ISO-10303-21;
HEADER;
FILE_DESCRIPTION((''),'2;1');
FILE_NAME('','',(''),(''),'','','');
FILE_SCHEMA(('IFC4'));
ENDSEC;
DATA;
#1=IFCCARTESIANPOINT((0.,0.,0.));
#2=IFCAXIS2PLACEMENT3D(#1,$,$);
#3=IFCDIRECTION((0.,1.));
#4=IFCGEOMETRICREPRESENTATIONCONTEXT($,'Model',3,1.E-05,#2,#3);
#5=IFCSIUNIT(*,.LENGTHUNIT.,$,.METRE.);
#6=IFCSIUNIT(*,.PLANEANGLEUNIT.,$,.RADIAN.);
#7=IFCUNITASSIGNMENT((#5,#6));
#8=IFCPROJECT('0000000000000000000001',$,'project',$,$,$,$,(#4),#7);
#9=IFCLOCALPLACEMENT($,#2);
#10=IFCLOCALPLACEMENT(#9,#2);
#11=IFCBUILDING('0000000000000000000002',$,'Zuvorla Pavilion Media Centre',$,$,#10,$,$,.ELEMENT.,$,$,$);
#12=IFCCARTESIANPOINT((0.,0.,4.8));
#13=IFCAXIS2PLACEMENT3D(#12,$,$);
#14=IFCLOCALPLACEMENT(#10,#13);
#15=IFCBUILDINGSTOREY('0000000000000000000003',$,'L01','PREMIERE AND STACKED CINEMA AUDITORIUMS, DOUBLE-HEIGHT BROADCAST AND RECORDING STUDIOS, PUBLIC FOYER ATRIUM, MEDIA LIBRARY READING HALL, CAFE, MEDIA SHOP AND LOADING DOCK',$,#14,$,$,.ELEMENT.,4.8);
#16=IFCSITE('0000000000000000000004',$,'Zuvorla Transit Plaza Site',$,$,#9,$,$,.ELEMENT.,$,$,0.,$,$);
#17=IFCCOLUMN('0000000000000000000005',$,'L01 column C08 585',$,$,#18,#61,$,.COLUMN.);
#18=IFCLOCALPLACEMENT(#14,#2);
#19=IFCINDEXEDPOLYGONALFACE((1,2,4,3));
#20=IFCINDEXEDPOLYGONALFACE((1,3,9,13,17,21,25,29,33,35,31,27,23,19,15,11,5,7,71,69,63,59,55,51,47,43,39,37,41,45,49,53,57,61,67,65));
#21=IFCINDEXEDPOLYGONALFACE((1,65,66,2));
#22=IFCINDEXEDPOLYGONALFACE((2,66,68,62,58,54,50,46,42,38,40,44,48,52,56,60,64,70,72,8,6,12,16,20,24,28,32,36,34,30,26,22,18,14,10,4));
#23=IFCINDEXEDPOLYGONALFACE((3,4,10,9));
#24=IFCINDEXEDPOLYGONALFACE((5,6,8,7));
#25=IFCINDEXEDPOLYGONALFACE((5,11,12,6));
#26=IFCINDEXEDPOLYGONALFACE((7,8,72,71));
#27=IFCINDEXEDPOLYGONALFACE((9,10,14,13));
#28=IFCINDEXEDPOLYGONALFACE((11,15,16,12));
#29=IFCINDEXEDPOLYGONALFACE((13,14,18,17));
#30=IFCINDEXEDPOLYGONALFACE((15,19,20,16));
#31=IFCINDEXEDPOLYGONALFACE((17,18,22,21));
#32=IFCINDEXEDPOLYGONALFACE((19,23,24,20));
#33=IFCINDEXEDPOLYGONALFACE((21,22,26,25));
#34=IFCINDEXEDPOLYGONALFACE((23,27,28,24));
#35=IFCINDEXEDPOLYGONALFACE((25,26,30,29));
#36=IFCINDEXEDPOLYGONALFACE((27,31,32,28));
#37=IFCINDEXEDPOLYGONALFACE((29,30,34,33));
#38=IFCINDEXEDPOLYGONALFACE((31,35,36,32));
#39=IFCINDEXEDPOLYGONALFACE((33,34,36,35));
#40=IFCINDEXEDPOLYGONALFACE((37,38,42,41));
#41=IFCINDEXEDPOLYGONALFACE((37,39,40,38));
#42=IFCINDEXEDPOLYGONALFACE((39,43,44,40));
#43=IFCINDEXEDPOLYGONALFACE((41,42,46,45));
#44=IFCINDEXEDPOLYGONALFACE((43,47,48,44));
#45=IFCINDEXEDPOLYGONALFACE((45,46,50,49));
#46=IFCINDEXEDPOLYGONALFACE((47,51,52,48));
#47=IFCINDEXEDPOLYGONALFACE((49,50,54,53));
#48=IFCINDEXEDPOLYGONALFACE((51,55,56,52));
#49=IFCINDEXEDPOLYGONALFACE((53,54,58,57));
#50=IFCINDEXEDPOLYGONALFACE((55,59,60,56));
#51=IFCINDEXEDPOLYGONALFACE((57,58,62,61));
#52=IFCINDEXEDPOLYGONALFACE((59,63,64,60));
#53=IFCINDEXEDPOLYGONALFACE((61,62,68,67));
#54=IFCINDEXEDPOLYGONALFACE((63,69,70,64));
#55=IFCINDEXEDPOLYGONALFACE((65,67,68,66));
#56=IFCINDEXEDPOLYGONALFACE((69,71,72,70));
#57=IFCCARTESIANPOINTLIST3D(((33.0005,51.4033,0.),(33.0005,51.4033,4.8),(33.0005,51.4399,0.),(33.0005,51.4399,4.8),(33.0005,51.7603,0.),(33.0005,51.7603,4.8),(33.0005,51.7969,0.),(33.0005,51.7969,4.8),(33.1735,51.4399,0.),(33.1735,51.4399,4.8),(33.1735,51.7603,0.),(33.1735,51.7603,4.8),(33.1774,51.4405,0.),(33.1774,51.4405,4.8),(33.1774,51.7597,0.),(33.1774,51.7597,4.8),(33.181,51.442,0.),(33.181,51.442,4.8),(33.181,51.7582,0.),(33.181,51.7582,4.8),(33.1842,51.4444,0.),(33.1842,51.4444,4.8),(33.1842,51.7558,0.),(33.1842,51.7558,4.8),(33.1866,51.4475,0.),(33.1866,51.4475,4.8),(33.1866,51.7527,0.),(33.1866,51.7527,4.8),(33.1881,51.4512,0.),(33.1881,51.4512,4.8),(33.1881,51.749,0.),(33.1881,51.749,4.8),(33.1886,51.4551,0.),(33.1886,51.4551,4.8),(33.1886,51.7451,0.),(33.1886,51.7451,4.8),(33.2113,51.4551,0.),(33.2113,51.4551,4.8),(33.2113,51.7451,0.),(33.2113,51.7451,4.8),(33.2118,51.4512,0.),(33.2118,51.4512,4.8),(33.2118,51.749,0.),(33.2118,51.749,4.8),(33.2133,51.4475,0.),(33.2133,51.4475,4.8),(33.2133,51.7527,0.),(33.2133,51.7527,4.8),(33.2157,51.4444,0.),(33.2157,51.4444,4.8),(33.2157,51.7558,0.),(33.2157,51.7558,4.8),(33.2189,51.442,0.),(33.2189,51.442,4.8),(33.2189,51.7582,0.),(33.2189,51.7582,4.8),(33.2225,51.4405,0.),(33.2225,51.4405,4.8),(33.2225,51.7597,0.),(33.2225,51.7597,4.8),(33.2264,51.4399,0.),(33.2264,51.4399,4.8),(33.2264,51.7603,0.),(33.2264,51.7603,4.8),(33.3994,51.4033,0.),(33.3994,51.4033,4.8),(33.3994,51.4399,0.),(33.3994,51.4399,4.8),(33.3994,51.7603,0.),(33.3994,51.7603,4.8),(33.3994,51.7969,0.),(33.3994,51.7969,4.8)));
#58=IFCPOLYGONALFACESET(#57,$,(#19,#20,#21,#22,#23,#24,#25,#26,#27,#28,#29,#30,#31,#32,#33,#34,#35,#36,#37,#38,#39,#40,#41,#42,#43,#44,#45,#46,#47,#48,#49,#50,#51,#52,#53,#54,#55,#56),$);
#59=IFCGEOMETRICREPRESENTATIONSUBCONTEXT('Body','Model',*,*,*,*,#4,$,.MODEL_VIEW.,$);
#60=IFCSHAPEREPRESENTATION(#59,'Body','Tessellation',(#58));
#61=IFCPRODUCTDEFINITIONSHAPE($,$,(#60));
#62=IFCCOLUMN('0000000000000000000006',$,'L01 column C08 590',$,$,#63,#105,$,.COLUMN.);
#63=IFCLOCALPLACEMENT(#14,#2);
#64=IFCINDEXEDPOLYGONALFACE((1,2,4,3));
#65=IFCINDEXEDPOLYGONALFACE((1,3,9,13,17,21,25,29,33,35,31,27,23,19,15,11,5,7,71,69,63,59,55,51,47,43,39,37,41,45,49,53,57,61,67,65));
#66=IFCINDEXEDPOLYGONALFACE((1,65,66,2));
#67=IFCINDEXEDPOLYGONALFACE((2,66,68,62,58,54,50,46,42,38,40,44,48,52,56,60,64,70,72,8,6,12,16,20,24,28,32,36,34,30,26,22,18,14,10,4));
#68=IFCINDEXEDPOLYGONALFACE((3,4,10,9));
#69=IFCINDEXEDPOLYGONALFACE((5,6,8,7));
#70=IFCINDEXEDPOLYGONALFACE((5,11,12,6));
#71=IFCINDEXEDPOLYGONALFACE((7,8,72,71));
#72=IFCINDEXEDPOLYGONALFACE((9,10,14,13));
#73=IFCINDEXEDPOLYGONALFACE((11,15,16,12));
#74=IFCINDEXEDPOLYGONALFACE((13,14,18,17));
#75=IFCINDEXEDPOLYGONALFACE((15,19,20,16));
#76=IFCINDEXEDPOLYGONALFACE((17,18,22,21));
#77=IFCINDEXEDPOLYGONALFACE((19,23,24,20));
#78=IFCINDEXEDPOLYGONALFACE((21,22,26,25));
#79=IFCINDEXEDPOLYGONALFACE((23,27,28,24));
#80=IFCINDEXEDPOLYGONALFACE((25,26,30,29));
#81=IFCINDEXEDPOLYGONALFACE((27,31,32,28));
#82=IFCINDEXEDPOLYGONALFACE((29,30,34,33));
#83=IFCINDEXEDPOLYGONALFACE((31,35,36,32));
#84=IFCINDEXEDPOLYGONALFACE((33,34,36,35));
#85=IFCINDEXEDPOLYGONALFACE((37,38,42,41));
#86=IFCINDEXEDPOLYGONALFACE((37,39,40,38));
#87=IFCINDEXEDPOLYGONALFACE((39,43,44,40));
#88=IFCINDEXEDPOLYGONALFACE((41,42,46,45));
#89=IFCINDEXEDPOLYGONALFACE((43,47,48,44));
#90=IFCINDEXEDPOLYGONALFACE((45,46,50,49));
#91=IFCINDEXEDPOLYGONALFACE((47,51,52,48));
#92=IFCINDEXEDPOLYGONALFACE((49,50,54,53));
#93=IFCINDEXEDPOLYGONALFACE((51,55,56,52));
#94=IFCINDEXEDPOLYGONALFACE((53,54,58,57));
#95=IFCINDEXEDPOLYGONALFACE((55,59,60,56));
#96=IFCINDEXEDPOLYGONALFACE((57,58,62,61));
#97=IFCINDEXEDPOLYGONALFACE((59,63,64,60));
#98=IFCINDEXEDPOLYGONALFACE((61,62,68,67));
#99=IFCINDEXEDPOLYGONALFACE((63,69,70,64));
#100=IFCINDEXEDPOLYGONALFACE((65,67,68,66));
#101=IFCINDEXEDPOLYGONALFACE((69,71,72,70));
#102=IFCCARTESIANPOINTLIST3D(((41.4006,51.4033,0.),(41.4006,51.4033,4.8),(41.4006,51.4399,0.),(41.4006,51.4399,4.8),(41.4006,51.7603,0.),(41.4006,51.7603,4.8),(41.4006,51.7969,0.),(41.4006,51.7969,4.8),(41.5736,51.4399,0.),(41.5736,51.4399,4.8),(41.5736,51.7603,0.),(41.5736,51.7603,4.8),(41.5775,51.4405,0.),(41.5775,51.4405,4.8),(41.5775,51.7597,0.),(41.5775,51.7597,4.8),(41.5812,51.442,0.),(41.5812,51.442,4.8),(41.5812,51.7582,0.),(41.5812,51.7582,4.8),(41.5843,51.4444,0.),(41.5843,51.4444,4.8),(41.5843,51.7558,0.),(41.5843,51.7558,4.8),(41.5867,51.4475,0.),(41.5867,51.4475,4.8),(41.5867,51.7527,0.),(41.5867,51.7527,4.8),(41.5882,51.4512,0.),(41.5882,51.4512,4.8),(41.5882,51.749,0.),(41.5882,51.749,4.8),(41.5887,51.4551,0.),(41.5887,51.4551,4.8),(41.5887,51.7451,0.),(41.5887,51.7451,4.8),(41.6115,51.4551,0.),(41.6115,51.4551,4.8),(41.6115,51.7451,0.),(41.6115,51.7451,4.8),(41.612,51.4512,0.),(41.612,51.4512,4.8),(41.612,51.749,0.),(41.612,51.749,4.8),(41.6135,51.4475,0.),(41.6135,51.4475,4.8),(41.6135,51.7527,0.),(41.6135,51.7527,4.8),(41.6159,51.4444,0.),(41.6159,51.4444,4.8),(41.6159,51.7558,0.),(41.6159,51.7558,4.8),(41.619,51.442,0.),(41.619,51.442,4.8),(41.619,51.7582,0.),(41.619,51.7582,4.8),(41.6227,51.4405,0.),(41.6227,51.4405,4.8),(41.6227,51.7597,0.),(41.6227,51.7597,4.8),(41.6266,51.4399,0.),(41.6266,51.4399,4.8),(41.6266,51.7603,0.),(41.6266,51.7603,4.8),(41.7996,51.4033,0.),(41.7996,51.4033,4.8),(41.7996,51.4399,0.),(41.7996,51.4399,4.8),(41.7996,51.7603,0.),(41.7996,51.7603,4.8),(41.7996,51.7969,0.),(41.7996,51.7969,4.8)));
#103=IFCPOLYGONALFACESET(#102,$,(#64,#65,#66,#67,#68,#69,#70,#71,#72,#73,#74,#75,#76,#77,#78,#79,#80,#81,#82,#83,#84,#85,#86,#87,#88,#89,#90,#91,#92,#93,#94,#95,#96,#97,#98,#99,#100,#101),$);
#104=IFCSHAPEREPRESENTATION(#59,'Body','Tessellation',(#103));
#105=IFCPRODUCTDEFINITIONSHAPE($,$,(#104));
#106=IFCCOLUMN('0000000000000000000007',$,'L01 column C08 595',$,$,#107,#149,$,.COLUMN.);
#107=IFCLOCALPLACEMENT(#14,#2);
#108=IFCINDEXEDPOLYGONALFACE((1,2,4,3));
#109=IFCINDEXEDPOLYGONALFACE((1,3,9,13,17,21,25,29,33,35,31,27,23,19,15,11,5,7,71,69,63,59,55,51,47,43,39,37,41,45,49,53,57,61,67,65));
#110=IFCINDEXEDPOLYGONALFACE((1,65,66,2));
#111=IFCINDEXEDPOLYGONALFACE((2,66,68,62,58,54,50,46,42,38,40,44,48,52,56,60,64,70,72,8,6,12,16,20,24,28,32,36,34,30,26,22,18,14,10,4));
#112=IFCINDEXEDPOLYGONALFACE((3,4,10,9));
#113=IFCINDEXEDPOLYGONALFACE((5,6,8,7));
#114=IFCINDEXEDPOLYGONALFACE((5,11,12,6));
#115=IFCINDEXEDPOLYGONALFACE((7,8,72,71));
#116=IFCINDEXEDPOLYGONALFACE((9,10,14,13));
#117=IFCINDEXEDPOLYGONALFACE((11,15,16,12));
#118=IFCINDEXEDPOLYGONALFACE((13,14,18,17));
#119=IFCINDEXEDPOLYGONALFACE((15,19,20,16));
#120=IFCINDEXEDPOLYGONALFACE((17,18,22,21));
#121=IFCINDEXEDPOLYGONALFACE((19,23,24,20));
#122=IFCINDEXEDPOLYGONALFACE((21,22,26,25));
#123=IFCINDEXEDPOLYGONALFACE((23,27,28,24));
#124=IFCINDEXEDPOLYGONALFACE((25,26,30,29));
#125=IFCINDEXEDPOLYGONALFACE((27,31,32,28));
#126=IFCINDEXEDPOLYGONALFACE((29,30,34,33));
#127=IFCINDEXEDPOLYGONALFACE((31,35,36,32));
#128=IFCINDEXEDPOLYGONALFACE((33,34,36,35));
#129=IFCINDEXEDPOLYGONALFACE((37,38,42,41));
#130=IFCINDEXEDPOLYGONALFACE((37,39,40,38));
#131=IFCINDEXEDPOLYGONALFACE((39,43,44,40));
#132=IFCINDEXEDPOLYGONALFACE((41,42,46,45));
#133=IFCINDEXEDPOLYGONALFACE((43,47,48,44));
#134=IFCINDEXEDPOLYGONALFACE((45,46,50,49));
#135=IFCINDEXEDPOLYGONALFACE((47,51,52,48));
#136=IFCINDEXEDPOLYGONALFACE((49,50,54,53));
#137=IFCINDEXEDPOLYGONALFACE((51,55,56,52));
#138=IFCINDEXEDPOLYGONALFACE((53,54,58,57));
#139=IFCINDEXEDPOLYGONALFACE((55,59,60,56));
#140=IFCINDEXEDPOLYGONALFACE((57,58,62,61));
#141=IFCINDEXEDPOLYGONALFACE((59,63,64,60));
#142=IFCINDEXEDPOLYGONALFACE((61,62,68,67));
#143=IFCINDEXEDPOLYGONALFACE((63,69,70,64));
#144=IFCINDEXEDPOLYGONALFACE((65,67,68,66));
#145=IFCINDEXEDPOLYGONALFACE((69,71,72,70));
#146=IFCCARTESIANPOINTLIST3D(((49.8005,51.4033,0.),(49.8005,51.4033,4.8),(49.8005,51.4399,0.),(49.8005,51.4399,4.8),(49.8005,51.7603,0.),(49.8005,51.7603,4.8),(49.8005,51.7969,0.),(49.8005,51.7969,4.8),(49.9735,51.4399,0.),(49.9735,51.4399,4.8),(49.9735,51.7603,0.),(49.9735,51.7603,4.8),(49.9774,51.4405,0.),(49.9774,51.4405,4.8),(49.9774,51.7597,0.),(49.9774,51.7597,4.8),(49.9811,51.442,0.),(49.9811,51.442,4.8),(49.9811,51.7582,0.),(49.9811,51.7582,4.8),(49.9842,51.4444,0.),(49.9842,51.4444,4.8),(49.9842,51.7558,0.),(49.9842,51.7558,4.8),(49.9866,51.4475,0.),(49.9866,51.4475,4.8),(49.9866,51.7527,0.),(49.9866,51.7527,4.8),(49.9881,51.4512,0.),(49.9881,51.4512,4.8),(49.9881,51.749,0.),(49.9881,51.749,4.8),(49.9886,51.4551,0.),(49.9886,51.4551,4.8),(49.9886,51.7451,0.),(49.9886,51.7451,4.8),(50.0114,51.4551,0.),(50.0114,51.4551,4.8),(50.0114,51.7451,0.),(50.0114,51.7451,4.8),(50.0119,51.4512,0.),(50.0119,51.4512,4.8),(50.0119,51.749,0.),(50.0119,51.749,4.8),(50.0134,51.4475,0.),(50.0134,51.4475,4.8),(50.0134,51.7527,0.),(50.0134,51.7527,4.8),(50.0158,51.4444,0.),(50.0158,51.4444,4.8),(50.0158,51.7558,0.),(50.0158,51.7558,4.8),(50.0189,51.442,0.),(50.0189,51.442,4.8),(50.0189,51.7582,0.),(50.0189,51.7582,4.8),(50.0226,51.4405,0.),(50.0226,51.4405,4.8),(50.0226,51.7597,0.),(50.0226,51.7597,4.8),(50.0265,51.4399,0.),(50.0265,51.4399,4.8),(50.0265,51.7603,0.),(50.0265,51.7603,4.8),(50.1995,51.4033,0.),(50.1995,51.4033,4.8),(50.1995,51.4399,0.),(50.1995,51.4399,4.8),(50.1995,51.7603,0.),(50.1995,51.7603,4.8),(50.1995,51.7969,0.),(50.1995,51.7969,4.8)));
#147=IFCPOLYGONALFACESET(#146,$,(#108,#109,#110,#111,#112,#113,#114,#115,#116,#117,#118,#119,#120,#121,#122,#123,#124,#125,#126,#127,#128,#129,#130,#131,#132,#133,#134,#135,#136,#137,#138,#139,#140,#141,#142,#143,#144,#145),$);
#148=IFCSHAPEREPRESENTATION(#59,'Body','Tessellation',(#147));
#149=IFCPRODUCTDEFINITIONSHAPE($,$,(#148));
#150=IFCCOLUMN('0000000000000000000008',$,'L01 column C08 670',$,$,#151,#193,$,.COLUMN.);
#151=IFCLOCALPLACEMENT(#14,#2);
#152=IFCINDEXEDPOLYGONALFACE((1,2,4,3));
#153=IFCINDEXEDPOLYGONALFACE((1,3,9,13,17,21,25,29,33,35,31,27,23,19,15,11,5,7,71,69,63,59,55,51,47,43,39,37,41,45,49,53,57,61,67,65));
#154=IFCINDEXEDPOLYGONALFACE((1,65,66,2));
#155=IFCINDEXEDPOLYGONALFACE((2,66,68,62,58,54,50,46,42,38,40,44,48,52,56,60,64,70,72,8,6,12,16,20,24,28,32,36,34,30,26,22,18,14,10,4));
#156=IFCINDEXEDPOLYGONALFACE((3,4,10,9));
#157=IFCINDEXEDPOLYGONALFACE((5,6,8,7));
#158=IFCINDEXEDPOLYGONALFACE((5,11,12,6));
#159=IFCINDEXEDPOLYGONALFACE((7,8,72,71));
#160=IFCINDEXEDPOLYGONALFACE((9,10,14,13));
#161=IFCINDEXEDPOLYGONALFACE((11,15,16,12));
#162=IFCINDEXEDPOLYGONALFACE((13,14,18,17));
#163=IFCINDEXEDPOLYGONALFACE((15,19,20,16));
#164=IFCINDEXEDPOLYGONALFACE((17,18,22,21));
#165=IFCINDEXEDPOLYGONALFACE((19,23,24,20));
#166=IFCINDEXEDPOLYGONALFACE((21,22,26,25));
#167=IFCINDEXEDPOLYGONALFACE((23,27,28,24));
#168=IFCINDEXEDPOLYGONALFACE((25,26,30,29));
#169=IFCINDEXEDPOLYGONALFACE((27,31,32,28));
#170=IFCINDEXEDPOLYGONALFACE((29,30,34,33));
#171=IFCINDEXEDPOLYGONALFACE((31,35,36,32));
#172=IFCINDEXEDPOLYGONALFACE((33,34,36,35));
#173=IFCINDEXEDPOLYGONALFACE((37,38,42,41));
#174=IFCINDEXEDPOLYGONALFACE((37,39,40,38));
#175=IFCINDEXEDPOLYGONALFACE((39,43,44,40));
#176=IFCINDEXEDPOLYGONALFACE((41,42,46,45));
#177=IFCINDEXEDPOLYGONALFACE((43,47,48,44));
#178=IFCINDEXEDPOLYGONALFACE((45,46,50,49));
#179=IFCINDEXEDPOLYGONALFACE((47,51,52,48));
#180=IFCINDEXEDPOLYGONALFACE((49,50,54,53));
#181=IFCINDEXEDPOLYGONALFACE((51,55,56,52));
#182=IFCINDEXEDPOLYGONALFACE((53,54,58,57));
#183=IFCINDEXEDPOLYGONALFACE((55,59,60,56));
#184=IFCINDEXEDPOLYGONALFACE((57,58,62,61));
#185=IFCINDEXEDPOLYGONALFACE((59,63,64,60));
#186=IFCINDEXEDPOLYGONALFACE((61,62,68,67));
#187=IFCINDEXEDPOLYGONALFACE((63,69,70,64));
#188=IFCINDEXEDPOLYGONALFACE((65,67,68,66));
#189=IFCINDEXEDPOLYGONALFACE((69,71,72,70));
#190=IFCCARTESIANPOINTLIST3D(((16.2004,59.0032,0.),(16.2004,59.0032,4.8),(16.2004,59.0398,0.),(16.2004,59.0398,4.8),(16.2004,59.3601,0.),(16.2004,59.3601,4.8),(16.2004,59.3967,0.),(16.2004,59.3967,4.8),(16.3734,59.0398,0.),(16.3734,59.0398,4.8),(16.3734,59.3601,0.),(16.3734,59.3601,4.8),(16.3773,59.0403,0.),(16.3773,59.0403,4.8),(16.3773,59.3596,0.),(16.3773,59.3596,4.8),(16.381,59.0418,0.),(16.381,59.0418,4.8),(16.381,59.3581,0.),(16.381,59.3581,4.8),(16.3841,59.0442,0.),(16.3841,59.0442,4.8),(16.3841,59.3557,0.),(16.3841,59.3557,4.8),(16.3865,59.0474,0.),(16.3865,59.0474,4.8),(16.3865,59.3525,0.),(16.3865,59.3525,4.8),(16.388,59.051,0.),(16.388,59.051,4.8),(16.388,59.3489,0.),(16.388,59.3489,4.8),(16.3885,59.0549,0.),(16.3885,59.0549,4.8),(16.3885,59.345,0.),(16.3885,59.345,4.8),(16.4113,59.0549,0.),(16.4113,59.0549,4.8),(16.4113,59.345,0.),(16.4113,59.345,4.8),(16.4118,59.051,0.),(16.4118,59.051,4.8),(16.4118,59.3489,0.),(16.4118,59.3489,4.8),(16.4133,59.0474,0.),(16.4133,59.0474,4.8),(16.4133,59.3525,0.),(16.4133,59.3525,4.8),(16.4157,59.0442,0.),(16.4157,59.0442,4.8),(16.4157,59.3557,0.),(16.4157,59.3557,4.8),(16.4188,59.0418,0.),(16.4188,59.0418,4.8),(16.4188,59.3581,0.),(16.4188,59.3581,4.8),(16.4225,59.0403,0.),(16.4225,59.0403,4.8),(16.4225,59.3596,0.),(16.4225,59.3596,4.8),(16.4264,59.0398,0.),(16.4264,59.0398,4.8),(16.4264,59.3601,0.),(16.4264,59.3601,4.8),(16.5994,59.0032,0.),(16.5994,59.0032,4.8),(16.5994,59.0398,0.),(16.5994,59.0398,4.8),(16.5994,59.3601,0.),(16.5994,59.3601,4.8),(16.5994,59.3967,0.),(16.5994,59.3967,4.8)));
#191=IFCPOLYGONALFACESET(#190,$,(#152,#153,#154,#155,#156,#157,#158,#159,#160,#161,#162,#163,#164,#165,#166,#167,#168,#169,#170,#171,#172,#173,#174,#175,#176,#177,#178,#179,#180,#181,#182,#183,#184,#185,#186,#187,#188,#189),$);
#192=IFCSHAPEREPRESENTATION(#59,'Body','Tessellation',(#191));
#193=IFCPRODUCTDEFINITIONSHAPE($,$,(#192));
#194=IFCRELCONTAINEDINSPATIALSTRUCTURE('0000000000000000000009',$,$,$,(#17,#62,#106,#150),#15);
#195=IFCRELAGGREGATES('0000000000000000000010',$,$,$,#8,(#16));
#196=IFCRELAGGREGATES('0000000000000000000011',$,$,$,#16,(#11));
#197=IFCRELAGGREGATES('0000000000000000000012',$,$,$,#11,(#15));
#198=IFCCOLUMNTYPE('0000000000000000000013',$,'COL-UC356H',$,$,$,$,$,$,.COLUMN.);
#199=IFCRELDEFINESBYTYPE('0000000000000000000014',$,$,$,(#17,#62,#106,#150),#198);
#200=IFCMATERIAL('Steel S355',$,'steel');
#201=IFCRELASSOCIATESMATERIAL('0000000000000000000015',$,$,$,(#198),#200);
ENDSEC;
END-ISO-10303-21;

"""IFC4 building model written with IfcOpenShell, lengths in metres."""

from ifc_helpers import new_model, si_unit, direction, frame, origin, origin_2d, place, context, subcontext, project, spatial, i_section, extrude, material, material_profile, profile_set, type_object, element, save


model = new_model("IFC4")

# Units and contexts
model_context = context("Model", 3, precision=1e-05, world=origin(), true_north=direction((0.0, 1.0)))
body_context = subcontext(model_context, "Body", "Model", "MODEL_VIEW")
ifc_project = project(units=[si_unit("LENGTHUNIT", "METRE"), si_unit("PLANEANGLEUNIT", "RADIAN")], contexts=[model_context])

# Site, building, storey
site_placement = place(None, origin())
site = spatial("IfcSite", under=ifc_project, at=site_placement, Name="Zuvorla Transit Plaza Site", CompositionType="ELEMENT", RefElevation=0.0)
building_placement = place(site_placement, origin())
building = spatial("IfcBuilding", under=site, at=building_placement, Name="Zuvorla Pavilion Media Centre", CompositionType="ELEMENT")
storey_placement = place(building_placement, frame((0.0, 0.0, 4.8)))
storey = spatial("IfcBuildingStorey", under=building, at=storey_placement, Name="L01", Description="PREMIERE AND STACKED CINEMA AUDITORIUMS, DOUBLE-HEIGHT BROADCAST AND RECORDING STUDIOS, PUBLIC FOYER ATRIUM, MEDIA LIBRARY READING HALL, CAFE, MEDIA SHOP AND LOADING DOCK", CompositionType="ELEMENT", Elevation=4.8)

# Columns
ifc_material_1 = material(Name="Steel S355", Category="steel")
ifc_material_profile_1 = material_profile(ifc_material_1, i_section(OverallWidth=0.3989, OverallDepth=0.3936, WebThickness=0.0227, FlangeThickness=0.0366, FilletRadius=0.0151, at=origin_2d()), Name="UC 356x406x287")
ifc_profile_set_1 = profile_set([ifc_material_profile_1], Name="Steel S355")
column_type = type_object("IfcColumnType", Name="COL-UC356H", PredefinedType="COLUMN", material=ifc_profile_set_1)
for number, where, z_axis, x_axis, name in (
    (1, (33.2, 51.6001, 0.0), (0.0, 0.0, 1.0), (1.0, 0.0, 0.0), "L01 column C08 585"),
    (2, (41.6001, 51.6001, 0.0), (0.0, 0.0, 1.0), (1.0, 0.0, 0.0), "L01 column C08 590"),
    (3, (50.0, 51.6001, 0.0), (0.0, 0.0, 1.0), (1.0, 0.0, 0.0), "L01 column C08 595"),
    (4, (16.3999, 59.2, 0.0), (0.0, 0.0, 1.0), (1.0, 0.0, 0.0), "L01 column C08 670"),
):
    element("IfcColumn", number, at=place(storey_placement, frame(where, z_axis=z_axis, x_axis=x_axis)), inside=storey, type_object=column_type, Name=name, PredefinedType="COLUMN", context=body_context, shape_type="SweptSolid", body=[
        extrude(i_section(OverallWidth=0.3989, OverallDepth=0.3936, WebThickness=0.0227, FlangeThickness=0.0366, FilletRadius=0.0151, at=origin_2d()), origin(), (0.0, 0.0, 1.0), 4.8),
    ])

save(model, "model.ifc")
